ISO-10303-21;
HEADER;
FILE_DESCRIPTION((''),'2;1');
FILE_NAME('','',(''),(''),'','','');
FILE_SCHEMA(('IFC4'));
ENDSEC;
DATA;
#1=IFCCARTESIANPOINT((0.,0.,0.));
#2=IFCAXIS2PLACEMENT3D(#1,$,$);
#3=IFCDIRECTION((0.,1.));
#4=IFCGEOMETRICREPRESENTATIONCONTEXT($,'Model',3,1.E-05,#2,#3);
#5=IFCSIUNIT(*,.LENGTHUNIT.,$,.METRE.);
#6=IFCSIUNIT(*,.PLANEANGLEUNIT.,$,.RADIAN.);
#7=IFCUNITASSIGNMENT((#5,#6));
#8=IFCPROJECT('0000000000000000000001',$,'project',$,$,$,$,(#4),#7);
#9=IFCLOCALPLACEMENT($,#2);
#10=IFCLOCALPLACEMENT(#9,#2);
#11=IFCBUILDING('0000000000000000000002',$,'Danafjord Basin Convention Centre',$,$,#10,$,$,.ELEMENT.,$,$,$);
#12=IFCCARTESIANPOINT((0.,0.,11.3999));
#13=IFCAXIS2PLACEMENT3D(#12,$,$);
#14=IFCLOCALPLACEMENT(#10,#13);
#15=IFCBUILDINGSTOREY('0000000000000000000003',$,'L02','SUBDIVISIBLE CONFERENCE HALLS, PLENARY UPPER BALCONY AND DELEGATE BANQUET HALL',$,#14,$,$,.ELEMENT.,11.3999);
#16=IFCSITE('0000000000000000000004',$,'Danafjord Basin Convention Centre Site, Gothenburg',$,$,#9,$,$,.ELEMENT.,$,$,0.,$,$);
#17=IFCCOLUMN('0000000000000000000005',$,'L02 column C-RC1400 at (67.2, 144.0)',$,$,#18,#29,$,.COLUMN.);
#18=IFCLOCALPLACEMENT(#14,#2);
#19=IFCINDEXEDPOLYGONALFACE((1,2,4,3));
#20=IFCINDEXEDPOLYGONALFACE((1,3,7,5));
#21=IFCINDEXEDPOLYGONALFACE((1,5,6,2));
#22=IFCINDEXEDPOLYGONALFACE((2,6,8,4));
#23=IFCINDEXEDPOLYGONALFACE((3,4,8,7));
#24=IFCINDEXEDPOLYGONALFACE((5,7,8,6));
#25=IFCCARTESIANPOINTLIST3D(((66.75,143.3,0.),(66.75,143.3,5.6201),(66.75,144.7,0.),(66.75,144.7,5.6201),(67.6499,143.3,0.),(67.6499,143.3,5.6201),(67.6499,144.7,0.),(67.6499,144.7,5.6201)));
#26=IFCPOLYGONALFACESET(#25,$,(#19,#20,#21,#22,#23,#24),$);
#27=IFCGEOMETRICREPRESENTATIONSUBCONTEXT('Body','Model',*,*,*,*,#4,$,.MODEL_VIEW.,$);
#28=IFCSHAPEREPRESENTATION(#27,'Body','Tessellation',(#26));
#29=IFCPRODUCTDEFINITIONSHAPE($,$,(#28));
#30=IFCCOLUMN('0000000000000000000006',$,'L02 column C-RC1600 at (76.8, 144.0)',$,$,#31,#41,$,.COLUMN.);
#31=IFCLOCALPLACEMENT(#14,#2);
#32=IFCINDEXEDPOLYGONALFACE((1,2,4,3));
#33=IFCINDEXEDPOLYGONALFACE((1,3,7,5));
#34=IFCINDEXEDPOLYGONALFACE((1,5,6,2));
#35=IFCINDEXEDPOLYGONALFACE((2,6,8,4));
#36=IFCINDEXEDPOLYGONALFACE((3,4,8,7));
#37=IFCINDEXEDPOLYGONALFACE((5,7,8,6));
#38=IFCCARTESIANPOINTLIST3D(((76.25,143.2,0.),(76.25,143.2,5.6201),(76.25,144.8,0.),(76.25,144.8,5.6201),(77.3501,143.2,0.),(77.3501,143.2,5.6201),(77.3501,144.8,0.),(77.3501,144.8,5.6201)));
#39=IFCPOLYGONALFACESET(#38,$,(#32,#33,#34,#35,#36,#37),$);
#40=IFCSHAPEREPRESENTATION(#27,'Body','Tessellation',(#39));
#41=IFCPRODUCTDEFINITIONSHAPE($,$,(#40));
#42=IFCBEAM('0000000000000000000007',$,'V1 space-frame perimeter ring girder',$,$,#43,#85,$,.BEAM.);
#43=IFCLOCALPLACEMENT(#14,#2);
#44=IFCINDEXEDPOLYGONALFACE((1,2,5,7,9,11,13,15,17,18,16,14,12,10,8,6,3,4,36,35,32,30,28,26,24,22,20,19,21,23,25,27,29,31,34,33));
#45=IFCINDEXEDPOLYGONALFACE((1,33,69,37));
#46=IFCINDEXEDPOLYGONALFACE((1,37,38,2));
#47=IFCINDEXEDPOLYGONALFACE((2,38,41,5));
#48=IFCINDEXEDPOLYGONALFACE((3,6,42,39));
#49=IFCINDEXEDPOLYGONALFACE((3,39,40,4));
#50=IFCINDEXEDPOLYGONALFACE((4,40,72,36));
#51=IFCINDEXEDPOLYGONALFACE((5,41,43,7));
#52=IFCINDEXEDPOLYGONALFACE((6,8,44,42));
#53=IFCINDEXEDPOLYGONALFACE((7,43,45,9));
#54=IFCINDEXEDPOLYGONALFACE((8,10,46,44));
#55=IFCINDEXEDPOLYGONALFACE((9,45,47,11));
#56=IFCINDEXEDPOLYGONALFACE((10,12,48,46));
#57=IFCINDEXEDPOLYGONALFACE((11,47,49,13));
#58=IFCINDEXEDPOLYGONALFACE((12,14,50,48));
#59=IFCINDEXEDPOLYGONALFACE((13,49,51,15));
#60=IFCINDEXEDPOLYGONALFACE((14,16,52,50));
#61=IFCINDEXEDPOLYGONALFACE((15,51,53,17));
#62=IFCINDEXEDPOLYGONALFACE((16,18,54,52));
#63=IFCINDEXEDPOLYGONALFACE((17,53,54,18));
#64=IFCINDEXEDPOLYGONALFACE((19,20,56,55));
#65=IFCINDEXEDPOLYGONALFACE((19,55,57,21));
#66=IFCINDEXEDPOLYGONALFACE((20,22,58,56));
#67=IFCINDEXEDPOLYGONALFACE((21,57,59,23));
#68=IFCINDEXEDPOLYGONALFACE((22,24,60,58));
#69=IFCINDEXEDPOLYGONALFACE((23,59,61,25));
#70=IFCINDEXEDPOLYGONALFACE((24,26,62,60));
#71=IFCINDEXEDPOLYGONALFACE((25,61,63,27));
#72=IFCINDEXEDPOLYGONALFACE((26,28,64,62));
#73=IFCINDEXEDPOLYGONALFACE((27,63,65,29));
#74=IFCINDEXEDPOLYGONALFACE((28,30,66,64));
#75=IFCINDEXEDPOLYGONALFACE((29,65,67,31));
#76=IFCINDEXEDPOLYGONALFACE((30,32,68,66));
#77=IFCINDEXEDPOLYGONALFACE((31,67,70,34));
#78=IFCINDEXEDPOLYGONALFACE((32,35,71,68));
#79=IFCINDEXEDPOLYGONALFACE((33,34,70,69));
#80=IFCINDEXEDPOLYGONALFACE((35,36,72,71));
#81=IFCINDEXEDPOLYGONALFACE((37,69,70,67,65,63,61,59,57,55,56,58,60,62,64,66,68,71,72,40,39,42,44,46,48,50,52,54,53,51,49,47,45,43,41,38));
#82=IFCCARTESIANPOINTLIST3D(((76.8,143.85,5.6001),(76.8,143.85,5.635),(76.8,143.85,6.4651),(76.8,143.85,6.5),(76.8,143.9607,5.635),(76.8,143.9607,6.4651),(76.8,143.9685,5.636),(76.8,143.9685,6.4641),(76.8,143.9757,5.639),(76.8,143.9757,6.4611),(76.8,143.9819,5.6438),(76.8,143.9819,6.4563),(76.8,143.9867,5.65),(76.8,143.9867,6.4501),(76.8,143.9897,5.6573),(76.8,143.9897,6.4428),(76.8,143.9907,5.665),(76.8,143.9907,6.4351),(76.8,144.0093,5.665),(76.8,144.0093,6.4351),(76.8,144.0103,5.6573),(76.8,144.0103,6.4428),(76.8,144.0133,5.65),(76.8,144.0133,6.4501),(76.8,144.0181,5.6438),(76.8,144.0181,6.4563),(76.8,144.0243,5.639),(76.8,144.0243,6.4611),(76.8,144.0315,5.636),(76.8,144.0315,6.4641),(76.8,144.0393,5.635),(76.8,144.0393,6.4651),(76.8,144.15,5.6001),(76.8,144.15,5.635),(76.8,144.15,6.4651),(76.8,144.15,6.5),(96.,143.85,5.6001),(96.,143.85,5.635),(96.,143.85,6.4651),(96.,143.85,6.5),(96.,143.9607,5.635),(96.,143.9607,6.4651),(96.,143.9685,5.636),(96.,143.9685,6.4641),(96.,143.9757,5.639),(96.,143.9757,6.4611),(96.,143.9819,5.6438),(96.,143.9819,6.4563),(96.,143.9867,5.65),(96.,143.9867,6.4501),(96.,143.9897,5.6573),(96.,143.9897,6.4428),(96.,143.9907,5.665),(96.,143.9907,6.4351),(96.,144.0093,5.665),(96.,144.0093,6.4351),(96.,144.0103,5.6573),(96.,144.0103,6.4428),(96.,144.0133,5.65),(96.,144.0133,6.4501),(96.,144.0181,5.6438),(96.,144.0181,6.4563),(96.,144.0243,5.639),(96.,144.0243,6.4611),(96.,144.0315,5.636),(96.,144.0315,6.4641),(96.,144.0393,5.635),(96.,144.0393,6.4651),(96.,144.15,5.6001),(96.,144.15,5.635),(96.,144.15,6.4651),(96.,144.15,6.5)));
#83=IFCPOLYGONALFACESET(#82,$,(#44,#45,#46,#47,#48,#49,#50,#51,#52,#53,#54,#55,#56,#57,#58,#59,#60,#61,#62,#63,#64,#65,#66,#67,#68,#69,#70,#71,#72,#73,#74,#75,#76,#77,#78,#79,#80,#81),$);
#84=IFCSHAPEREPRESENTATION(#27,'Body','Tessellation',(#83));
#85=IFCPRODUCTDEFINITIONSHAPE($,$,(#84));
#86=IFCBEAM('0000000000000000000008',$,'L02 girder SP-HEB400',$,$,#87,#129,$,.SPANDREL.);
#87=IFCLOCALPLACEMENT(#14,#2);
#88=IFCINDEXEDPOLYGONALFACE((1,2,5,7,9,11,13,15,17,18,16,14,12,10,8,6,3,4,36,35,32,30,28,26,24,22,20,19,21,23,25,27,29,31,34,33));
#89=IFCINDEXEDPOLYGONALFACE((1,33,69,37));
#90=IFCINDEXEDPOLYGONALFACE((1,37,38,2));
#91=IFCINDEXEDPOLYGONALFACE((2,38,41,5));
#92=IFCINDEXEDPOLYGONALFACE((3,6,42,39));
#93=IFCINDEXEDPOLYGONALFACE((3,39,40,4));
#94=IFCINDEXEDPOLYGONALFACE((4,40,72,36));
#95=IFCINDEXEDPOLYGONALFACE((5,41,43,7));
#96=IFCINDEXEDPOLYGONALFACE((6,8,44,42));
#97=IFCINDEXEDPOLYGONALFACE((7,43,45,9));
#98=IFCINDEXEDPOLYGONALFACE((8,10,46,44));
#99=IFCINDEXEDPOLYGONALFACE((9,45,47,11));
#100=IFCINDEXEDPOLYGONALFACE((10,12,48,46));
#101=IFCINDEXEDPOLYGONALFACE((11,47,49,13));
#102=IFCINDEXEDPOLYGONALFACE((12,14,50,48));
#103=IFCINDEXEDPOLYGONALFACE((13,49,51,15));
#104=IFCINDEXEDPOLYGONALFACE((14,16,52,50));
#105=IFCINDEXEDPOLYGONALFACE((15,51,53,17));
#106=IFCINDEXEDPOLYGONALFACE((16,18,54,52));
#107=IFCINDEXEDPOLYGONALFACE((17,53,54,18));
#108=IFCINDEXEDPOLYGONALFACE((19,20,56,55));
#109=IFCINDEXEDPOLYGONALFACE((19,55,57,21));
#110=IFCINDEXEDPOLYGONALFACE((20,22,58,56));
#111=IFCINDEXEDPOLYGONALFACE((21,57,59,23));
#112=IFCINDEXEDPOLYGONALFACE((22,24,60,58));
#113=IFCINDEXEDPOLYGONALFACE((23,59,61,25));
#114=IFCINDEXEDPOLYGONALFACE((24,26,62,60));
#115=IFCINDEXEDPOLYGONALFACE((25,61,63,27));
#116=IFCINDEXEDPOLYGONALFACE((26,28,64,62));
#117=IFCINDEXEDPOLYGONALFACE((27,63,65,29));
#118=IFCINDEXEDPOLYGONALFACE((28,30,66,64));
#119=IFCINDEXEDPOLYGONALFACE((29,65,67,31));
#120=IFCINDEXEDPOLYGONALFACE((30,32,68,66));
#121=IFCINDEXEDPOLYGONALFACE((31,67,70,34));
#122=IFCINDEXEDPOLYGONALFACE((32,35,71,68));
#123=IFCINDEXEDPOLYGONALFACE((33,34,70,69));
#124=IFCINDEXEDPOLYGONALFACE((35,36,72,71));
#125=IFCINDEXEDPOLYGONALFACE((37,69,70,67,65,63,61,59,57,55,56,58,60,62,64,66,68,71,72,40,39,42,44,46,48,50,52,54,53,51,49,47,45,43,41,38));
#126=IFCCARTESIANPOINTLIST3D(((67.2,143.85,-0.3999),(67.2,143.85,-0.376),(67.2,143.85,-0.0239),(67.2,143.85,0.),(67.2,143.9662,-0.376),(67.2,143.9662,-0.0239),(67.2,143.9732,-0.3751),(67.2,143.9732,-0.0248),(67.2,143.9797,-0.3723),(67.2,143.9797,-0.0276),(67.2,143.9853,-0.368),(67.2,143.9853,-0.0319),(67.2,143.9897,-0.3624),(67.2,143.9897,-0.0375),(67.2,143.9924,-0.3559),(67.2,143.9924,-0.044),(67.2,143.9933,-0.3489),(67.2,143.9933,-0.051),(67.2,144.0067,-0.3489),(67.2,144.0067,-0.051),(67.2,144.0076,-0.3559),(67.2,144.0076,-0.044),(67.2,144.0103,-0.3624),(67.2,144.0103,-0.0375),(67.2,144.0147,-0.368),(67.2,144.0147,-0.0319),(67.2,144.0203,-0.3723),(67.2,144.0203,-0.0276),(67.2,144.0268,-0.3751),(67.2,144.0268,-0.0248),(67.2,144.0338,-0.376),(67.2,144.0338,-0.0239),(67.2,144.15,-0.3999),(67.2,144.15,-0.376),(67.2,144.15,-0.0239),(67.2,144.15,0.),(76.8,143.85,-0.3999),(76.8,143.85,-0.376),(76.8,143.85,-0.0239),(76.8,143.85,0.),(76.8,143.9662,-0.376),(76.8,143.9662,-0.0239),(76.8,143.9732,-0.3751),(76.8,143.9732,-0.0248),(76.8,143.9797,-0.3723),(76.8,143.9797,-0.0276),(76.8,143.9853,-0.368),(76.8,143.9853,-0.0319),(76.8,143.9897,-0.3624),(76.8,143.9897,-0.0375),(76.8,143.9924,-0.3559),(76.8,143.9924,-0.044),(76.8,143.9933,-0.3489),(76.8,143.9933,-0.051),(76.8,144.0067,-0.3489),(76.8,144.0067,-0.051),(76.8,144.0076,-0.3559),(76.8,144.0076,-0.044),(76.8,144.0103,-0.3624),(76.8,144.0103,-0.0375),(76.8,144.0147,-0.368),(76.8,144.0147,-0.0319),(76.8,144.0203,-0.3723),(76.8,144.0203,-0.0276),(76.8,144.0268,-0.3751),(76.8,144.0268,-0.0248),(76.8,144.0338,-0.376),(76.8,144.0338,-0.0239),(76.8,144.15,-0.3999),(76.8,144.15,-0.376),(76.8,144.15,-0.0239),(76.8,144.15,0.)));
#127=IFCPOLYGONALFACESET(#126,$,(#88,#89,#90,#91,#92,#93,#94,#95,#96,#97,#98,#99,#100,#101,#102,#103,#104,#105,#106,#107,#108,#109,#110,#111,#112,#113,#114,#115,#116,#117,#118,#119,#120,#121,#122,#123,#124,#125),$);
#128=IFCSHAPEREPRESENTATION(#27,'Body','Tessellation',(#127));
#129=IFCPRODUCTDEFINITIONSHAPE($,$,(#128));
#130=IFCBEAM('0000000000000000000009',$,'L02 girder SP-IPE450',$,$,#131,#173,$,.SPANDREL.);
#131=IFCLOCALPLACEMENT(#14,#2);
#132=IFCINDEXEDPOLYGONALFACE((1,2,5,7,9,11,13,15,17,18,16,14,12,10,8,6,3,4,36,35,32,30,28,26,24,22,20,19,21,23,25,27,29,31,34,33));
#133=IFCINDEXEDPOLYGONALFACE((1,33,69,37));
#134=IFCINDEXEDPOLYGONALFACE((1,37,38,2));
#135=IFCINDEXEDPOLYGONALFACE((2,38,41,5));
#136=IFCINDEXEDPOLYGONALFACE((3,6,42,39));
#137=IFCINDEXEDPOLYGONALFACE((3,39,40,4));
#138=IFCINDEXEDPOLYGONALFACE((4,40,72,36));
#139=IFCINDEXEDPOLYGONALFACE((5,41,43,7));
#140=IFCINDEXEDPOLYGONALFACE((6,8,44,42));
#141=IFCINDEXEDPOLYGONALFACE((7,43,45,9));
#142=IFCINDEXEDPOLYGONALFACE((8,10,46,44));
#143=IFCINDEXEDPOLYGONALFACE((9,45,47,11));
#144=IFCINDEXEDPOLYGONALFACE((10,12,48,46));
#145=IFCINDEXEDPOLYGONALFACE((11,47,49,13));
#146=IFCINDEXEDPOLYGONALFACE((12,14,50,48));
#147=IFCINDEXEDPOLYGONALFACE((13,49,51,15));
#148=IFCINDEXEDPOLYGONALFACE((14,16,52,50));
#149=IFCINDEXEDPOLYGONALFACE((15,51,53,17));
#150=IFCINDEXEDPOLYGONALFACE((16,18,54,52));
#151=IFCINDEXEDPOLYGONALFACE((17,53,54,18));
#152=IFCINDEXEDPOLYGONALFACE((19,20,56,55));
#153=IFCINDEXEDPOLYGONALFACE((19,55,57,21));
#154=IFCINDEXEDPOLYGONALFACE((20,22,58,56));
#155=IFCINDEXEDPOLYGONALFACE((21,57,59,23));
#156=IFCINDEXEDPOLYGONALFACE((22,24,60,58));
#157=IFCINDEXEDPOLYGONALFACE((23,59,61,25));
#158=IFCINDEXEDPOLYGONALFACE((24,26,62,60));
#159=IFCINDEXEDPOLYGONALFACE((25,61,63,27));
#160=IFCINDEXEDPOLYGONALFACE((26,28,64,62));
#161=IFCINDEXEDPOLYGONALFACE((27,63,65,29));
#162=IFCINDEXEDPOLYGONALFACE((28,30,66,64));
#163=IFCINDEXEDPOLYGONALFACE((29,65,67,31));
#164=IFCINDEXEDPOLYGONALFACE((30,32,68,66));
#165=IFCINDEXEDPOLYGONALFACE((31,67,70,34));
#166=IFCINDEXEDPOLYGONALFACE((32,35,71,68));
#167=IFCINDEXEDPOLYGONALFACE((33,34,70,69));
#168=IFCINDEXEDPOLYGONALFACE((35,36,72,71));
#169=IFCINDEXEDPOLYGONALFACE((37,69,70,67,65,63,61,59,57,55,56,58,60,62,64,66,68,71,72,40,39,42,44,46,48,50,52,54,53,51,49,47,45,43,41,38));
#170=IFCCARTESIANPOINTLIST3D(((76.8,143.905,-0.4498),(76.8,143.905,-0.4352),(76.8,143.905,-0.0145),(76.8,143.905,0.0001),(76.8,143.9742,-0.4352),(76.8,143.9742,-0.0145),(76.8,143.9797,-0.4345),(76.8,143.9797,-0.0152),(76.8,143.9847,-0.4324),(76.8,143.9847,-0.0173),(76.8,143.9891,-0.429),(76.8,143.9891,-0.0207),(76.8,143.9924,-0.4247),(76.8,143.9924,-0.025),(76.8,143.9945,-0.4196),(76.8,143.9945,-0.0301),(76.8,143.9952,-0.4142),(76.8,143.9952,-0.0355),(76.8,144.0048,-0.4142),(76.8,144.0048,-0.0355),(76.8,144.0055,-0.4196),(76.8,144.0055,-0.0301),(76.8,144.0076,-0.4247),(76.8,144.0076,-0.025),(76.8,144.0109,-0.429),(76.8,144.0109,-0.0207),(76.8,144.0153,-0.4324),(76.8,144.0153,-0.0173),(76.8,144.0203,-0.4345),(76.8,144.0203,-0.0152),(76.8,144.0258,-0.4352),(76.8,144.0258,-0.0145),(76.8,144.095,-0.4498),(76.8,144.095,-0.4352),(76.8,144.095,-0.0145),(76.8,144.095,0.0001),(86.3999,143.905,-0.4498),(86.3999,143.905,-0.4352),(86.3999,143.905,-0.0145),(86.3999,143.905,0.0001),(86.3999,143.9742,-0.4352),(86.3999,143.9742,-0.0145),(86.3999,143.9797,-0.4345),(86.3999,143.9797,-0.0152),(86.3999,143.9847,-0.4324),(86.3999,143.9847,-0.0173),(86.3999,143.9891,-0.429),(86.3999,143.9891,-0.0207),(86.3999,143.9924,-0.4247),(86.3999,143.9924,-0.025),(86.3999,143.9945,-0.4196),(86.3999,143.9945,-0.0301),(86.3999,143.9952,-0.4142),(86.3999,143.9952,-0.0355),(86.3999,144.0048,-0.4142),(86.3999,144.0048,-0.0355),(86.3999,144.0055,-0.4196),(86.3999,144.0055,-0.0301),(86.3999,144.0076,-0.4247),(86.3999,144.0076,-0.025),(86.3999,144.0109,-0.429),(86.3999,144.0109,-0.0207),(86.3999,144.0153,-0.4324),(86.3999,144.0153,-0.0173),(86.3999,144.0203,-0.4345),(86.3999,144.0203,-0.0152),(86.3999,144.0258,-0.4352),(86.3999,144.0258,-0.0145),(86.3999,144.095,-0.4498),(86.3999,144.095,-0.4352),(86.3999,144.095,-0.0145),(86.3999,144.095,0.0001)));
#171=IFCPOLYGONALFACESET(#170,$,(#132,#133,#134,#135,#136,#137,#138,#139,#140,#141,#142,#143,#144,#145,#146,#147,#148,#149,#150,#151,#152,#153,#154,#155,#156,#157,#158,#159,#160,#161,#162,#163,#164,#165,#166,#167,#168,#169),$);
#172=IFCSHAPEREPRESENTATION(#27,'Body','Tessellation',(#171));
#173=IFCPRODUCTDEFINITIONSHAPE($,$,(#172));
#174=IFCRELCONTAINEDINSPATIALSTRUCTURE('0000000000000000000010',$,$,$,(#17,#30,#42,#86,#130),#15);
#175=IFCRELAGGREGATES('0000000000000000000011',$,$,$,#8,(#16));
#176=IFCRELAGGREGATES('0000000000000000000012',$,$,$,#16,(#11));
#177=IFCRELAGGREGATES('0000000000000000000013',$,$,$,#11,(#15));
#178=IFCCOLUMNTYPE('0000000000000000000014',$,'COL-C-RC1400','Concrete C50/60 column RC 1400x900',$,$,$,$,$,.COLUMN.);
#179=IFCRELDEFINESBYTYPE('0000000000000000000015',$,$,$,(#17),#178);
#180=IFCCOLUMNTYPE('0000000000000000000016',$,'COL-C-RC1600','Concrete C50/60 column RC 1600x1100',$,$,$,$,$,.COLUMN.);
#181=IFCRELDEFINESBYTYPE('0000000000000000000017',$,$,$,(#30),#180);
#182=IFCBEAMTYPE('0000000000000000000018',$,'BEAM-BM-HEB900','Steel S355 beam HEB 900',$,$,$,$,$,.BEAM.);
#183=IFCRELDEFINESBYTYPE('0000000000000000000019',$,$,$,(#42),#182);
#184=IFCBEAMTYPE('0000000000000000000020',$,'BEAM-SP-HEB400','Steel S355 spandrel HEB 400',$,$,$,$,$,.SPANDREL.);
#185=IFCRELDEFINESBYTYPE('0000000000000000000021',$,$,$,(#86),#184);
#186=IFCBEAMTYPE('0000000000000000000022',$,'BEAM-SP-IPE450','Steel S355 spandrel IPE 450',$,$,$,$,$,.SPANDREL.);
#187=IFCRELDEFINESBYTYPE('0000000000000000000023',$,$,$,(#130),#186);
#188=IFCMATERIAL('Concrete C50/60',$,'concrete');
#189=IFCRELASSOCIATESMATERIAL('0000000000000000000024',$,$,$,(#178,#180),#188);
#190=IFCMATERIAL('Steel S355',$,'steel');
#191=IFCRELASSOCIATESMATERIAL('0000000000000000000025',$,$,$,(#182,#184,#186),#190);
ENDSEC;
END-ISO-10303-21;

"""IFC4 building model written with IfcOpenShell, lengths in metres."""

from ifc_helpers import new_model, si_unit, direction, frame, origin, origin_2d, place, context, subcontext, project, spatial, rectangle, i_section, extrude, material, material_profile, profile_set, type_object, element, save


model = new_model("IFC4")

# Units and contexts
model_context = context("Model", 3, precision=1e-05, world=origin(), true_north=direction((0.0, 1.0)))
body_context = subcontext(model_context, "Body", "Model", "MODEL_VIEW")
ifc_project = project(units=[si_unit("LENGTHUNIT", "METRE"), si_unit("PLANEANGLEUNIT", "RADIAN")], contexts=[model_context])

# Site, building, storey
site_placement = place(None, origin())
site = spatial("IfcSite", under=ifc_project, at=site_placement, Name="Danafjord Basin Convention Centre Site, Gothenburg", CompositionType="ELEMENT", RefElevation=0.0)
building_placement = place(site_placement, origin())
building = spatial("IfcBuilding", under=site, at=building_placement, Name="Danafjord Basin Convention Centre", CompositionType="ELEMENT")
storey_placement = place(building_placement, frame((0.0, 0.0, 11.3999)))
storey = spatial("IfcBuildingStorey", under=building, at=storey_placement, Name="L02", Description="SUBDIVISIBLE CONFERENCE HALLS, PLENARY UPPER BALCONY AND DELEGATE BANQUET HALL", CompositionType="ELEMENT", Elevation=11.3999)

# Columns
ifc_material_1 = material(Name="Concrete C50/60", Category="concrete")
ifc_material_profile_1 = material_profile(ifc_material_1, rectangle(XDim=0.8999, YDim=1.3999, at=origin_2d()), Name="RC 1400x900")
ifc_profile_set_1 = profile_set([ifc_material_profile_1], Name="Concrete C50/60")
column_type_1 = type_object("IfcColumnType", Name="COL-C-RC1400", Description="Concrete C50/60 column RC 1400x900", PredefinedType="COLUMN", material=ifc_profile_set_1)
column_1_placement = place(storey_placement, frame((67.2, 144.0, 0.0), z_axis=(0.0, 0.0, 1.0), x_axis=(1.0, 0.0, 0.0)))
element("IfcColumn", 1, at=column_1_placement, inside=storey, type_object=column_type_1, Name="L02 column C-RC1400 at (67.2, 144.0)", PredefinedType="COLUMN", context=body_context, shape_type="SweptSolid", body=[
    extrude(rectangle(XDim=0.8999, YDim=1.3999, at=origin_2d()), origin(), (0.0, 0.0, 1.0), 5.6201),
])
ifc_material_profile_2 = material_profile(ifc_material_1, rectangle(XDim=1.1001, YDim=1.6001, at=origin_2d()), Name="RC 1600x1100")
ifc_profile_set_2 = profile_set([ifc_material_profile_2], Name="Concrete C50/60")
column_type_2 = type_object("IfcColumnType", Name="COL-C-RC1600", Description="Concrete C50/60 column RC 1600x1100", PredefinedType="COLUMN", material=ifc_profile_set_2)
column_2_placement = place(storey_placement, frame((76.8, 144.0, 0.0), z_axis=(0.0, 0.0, 1.0), x_axis=(1.0, 0.0, 0.0)))
element("IfcColumn", 2, at=column_2_placement, inside=storey, type_object=column_type_2, Name="L02 column C-RC1600 at (76.8, 144.0)", PredefinedType="COLUMN", context=body_context, shape_type="SweptSolid", body=[
    extrude(rectangle(XDim=1.1001, YDim=1.6001, at=origin_2d()), origin(), (0.0, 0.0, 1.0), 5.6201),
])

# Beams
ifc_material_2 = material(Name="Steel S355", Category="steel")
ifc_material_profile_3 = material_profile(ifc_material_2, i_section(OverallWidth=0.3, OverallDepth=0.8999, WebThickness=0.0186, FlangeThickness=0.0349, FilletRadius=0.03, at=origin_2d()), Name="HEB 900")
ifc_profile_set_3 = profile_set([ifc_material_profile_3], Name="Steel S355")
beam_type_1 = type_object("IfcBeamType", Name="BEAM-BM-HEB900", Description="Steel S355 beam HEB 900", PredefinedType="BEAM", material=ifc_profile_set_3)
beam_1_placement = place(storey_placement, frame((76.8, 144.0, 6.05), z_axis=(1.0, 0.0, 0.0), x_axis=(0.0, 1.0, 0.0)))
element("IfcBeam", 3, at=beam_1_placement, inside=storey, type_object=beam_type_1, Name="V1 space-frame perimeter ring girder", PredefinedType="BEAM", context=body_context, shape_type="SweptSolid", body=[
    extrude(i_section(OverallWidth=0.3, OverallDepth=0.8999, WebThickness=0.0186, FlangeThickness=0.0349, FilletRadius=0.03, at=origin_2d()), origin(), (0.0, 0.0, 1.0), 19.2),
])
ifc_material_profile_4 = material_profile(ifc_material_2, i_section(OverallWidth=0.3, OverallDepth=0.3999, WebThickness=0.0134, FlangeThickness=0.0239, FilletRadius=0.0271, at=origin_2d()), Name="HEB 400")
ifc_profile_set_4 = profile_set([ifc_material_profile_4], Name="Steel S355")
beam_type_2 = type_object("IfcBeamType", Name="BEAM-SP-HEB400", Description="Steel S355 spandrel HEB 400", PredefinedType="SPANDREL", material=ifc_profile_set_4)
beam_2_placement = place(storey_placement, frame((67.2, 144.0, -0.2), z_axis=(1.0, 0.0, 0.0), x_axis=(0.0, 1.0, 0.0)))
element("IfcBeam", 4, at=beam_2_placement, inside=storey, type_object=beam_type_2, Name="L02 girder SP-HEB400", PredefinedType="SPANDREL", context=body_context, shape_type="SweptSolid", body=[
    extrude(i_section(OverallWidth=0.3, OverallDepth=0.3999, WebThickness=0.0134, FlangeThickness=0.0239, FilletRadius=0.0271, at=origin_2d()), origin(), (0.0, 0.0, 1.0), 9.6001),
])
ifc_material_profile_5 = material_profile(ifc_material_2, i_section(OverallWidth=0.1899, OverallDepth=0.45, WebThickness=0.0095, FlangeThickness=0.0146, FilletRadius=0.021, at=origin_2d()), Name="IPE 450")
ifc_profile_set_5 = profile_set([ifc_material_profile_5], Name="Steel S355")
beam_type_3 = type_object("IfcBeamType", Name="BEAM-SP-IPE450", Description="Steel S355 spandrel IPE 450", PredefinedType="SPANDREL", material=ifc_profile_set_5)
beam_3_placement = place(storey_placement, frame((76.8, 144.0, -0.2249), z_axis=(1.0, 0.0, 0.0), x_axis=(0.0, 1.0, 0.0)))
element("IfcBeam", 5, at=beam_3_placement, inside=storey, type_object=beam_type_3, Name="L02 girder SP-IPE450", PredefinedType="SPANDREL", context=body_context, shape_type="SweptSolid", body=[
    extrude(i_section(OverallWidth=0.1899, OverallDepth=0.45, WebThickness=0.0095, FlangeThickness=0.0146, FilletRadius=0.021, at=origin_2d()), origin(), (0.0, 0.0, 1.0), 9.5999),
])

save(model, "model.ifc")
